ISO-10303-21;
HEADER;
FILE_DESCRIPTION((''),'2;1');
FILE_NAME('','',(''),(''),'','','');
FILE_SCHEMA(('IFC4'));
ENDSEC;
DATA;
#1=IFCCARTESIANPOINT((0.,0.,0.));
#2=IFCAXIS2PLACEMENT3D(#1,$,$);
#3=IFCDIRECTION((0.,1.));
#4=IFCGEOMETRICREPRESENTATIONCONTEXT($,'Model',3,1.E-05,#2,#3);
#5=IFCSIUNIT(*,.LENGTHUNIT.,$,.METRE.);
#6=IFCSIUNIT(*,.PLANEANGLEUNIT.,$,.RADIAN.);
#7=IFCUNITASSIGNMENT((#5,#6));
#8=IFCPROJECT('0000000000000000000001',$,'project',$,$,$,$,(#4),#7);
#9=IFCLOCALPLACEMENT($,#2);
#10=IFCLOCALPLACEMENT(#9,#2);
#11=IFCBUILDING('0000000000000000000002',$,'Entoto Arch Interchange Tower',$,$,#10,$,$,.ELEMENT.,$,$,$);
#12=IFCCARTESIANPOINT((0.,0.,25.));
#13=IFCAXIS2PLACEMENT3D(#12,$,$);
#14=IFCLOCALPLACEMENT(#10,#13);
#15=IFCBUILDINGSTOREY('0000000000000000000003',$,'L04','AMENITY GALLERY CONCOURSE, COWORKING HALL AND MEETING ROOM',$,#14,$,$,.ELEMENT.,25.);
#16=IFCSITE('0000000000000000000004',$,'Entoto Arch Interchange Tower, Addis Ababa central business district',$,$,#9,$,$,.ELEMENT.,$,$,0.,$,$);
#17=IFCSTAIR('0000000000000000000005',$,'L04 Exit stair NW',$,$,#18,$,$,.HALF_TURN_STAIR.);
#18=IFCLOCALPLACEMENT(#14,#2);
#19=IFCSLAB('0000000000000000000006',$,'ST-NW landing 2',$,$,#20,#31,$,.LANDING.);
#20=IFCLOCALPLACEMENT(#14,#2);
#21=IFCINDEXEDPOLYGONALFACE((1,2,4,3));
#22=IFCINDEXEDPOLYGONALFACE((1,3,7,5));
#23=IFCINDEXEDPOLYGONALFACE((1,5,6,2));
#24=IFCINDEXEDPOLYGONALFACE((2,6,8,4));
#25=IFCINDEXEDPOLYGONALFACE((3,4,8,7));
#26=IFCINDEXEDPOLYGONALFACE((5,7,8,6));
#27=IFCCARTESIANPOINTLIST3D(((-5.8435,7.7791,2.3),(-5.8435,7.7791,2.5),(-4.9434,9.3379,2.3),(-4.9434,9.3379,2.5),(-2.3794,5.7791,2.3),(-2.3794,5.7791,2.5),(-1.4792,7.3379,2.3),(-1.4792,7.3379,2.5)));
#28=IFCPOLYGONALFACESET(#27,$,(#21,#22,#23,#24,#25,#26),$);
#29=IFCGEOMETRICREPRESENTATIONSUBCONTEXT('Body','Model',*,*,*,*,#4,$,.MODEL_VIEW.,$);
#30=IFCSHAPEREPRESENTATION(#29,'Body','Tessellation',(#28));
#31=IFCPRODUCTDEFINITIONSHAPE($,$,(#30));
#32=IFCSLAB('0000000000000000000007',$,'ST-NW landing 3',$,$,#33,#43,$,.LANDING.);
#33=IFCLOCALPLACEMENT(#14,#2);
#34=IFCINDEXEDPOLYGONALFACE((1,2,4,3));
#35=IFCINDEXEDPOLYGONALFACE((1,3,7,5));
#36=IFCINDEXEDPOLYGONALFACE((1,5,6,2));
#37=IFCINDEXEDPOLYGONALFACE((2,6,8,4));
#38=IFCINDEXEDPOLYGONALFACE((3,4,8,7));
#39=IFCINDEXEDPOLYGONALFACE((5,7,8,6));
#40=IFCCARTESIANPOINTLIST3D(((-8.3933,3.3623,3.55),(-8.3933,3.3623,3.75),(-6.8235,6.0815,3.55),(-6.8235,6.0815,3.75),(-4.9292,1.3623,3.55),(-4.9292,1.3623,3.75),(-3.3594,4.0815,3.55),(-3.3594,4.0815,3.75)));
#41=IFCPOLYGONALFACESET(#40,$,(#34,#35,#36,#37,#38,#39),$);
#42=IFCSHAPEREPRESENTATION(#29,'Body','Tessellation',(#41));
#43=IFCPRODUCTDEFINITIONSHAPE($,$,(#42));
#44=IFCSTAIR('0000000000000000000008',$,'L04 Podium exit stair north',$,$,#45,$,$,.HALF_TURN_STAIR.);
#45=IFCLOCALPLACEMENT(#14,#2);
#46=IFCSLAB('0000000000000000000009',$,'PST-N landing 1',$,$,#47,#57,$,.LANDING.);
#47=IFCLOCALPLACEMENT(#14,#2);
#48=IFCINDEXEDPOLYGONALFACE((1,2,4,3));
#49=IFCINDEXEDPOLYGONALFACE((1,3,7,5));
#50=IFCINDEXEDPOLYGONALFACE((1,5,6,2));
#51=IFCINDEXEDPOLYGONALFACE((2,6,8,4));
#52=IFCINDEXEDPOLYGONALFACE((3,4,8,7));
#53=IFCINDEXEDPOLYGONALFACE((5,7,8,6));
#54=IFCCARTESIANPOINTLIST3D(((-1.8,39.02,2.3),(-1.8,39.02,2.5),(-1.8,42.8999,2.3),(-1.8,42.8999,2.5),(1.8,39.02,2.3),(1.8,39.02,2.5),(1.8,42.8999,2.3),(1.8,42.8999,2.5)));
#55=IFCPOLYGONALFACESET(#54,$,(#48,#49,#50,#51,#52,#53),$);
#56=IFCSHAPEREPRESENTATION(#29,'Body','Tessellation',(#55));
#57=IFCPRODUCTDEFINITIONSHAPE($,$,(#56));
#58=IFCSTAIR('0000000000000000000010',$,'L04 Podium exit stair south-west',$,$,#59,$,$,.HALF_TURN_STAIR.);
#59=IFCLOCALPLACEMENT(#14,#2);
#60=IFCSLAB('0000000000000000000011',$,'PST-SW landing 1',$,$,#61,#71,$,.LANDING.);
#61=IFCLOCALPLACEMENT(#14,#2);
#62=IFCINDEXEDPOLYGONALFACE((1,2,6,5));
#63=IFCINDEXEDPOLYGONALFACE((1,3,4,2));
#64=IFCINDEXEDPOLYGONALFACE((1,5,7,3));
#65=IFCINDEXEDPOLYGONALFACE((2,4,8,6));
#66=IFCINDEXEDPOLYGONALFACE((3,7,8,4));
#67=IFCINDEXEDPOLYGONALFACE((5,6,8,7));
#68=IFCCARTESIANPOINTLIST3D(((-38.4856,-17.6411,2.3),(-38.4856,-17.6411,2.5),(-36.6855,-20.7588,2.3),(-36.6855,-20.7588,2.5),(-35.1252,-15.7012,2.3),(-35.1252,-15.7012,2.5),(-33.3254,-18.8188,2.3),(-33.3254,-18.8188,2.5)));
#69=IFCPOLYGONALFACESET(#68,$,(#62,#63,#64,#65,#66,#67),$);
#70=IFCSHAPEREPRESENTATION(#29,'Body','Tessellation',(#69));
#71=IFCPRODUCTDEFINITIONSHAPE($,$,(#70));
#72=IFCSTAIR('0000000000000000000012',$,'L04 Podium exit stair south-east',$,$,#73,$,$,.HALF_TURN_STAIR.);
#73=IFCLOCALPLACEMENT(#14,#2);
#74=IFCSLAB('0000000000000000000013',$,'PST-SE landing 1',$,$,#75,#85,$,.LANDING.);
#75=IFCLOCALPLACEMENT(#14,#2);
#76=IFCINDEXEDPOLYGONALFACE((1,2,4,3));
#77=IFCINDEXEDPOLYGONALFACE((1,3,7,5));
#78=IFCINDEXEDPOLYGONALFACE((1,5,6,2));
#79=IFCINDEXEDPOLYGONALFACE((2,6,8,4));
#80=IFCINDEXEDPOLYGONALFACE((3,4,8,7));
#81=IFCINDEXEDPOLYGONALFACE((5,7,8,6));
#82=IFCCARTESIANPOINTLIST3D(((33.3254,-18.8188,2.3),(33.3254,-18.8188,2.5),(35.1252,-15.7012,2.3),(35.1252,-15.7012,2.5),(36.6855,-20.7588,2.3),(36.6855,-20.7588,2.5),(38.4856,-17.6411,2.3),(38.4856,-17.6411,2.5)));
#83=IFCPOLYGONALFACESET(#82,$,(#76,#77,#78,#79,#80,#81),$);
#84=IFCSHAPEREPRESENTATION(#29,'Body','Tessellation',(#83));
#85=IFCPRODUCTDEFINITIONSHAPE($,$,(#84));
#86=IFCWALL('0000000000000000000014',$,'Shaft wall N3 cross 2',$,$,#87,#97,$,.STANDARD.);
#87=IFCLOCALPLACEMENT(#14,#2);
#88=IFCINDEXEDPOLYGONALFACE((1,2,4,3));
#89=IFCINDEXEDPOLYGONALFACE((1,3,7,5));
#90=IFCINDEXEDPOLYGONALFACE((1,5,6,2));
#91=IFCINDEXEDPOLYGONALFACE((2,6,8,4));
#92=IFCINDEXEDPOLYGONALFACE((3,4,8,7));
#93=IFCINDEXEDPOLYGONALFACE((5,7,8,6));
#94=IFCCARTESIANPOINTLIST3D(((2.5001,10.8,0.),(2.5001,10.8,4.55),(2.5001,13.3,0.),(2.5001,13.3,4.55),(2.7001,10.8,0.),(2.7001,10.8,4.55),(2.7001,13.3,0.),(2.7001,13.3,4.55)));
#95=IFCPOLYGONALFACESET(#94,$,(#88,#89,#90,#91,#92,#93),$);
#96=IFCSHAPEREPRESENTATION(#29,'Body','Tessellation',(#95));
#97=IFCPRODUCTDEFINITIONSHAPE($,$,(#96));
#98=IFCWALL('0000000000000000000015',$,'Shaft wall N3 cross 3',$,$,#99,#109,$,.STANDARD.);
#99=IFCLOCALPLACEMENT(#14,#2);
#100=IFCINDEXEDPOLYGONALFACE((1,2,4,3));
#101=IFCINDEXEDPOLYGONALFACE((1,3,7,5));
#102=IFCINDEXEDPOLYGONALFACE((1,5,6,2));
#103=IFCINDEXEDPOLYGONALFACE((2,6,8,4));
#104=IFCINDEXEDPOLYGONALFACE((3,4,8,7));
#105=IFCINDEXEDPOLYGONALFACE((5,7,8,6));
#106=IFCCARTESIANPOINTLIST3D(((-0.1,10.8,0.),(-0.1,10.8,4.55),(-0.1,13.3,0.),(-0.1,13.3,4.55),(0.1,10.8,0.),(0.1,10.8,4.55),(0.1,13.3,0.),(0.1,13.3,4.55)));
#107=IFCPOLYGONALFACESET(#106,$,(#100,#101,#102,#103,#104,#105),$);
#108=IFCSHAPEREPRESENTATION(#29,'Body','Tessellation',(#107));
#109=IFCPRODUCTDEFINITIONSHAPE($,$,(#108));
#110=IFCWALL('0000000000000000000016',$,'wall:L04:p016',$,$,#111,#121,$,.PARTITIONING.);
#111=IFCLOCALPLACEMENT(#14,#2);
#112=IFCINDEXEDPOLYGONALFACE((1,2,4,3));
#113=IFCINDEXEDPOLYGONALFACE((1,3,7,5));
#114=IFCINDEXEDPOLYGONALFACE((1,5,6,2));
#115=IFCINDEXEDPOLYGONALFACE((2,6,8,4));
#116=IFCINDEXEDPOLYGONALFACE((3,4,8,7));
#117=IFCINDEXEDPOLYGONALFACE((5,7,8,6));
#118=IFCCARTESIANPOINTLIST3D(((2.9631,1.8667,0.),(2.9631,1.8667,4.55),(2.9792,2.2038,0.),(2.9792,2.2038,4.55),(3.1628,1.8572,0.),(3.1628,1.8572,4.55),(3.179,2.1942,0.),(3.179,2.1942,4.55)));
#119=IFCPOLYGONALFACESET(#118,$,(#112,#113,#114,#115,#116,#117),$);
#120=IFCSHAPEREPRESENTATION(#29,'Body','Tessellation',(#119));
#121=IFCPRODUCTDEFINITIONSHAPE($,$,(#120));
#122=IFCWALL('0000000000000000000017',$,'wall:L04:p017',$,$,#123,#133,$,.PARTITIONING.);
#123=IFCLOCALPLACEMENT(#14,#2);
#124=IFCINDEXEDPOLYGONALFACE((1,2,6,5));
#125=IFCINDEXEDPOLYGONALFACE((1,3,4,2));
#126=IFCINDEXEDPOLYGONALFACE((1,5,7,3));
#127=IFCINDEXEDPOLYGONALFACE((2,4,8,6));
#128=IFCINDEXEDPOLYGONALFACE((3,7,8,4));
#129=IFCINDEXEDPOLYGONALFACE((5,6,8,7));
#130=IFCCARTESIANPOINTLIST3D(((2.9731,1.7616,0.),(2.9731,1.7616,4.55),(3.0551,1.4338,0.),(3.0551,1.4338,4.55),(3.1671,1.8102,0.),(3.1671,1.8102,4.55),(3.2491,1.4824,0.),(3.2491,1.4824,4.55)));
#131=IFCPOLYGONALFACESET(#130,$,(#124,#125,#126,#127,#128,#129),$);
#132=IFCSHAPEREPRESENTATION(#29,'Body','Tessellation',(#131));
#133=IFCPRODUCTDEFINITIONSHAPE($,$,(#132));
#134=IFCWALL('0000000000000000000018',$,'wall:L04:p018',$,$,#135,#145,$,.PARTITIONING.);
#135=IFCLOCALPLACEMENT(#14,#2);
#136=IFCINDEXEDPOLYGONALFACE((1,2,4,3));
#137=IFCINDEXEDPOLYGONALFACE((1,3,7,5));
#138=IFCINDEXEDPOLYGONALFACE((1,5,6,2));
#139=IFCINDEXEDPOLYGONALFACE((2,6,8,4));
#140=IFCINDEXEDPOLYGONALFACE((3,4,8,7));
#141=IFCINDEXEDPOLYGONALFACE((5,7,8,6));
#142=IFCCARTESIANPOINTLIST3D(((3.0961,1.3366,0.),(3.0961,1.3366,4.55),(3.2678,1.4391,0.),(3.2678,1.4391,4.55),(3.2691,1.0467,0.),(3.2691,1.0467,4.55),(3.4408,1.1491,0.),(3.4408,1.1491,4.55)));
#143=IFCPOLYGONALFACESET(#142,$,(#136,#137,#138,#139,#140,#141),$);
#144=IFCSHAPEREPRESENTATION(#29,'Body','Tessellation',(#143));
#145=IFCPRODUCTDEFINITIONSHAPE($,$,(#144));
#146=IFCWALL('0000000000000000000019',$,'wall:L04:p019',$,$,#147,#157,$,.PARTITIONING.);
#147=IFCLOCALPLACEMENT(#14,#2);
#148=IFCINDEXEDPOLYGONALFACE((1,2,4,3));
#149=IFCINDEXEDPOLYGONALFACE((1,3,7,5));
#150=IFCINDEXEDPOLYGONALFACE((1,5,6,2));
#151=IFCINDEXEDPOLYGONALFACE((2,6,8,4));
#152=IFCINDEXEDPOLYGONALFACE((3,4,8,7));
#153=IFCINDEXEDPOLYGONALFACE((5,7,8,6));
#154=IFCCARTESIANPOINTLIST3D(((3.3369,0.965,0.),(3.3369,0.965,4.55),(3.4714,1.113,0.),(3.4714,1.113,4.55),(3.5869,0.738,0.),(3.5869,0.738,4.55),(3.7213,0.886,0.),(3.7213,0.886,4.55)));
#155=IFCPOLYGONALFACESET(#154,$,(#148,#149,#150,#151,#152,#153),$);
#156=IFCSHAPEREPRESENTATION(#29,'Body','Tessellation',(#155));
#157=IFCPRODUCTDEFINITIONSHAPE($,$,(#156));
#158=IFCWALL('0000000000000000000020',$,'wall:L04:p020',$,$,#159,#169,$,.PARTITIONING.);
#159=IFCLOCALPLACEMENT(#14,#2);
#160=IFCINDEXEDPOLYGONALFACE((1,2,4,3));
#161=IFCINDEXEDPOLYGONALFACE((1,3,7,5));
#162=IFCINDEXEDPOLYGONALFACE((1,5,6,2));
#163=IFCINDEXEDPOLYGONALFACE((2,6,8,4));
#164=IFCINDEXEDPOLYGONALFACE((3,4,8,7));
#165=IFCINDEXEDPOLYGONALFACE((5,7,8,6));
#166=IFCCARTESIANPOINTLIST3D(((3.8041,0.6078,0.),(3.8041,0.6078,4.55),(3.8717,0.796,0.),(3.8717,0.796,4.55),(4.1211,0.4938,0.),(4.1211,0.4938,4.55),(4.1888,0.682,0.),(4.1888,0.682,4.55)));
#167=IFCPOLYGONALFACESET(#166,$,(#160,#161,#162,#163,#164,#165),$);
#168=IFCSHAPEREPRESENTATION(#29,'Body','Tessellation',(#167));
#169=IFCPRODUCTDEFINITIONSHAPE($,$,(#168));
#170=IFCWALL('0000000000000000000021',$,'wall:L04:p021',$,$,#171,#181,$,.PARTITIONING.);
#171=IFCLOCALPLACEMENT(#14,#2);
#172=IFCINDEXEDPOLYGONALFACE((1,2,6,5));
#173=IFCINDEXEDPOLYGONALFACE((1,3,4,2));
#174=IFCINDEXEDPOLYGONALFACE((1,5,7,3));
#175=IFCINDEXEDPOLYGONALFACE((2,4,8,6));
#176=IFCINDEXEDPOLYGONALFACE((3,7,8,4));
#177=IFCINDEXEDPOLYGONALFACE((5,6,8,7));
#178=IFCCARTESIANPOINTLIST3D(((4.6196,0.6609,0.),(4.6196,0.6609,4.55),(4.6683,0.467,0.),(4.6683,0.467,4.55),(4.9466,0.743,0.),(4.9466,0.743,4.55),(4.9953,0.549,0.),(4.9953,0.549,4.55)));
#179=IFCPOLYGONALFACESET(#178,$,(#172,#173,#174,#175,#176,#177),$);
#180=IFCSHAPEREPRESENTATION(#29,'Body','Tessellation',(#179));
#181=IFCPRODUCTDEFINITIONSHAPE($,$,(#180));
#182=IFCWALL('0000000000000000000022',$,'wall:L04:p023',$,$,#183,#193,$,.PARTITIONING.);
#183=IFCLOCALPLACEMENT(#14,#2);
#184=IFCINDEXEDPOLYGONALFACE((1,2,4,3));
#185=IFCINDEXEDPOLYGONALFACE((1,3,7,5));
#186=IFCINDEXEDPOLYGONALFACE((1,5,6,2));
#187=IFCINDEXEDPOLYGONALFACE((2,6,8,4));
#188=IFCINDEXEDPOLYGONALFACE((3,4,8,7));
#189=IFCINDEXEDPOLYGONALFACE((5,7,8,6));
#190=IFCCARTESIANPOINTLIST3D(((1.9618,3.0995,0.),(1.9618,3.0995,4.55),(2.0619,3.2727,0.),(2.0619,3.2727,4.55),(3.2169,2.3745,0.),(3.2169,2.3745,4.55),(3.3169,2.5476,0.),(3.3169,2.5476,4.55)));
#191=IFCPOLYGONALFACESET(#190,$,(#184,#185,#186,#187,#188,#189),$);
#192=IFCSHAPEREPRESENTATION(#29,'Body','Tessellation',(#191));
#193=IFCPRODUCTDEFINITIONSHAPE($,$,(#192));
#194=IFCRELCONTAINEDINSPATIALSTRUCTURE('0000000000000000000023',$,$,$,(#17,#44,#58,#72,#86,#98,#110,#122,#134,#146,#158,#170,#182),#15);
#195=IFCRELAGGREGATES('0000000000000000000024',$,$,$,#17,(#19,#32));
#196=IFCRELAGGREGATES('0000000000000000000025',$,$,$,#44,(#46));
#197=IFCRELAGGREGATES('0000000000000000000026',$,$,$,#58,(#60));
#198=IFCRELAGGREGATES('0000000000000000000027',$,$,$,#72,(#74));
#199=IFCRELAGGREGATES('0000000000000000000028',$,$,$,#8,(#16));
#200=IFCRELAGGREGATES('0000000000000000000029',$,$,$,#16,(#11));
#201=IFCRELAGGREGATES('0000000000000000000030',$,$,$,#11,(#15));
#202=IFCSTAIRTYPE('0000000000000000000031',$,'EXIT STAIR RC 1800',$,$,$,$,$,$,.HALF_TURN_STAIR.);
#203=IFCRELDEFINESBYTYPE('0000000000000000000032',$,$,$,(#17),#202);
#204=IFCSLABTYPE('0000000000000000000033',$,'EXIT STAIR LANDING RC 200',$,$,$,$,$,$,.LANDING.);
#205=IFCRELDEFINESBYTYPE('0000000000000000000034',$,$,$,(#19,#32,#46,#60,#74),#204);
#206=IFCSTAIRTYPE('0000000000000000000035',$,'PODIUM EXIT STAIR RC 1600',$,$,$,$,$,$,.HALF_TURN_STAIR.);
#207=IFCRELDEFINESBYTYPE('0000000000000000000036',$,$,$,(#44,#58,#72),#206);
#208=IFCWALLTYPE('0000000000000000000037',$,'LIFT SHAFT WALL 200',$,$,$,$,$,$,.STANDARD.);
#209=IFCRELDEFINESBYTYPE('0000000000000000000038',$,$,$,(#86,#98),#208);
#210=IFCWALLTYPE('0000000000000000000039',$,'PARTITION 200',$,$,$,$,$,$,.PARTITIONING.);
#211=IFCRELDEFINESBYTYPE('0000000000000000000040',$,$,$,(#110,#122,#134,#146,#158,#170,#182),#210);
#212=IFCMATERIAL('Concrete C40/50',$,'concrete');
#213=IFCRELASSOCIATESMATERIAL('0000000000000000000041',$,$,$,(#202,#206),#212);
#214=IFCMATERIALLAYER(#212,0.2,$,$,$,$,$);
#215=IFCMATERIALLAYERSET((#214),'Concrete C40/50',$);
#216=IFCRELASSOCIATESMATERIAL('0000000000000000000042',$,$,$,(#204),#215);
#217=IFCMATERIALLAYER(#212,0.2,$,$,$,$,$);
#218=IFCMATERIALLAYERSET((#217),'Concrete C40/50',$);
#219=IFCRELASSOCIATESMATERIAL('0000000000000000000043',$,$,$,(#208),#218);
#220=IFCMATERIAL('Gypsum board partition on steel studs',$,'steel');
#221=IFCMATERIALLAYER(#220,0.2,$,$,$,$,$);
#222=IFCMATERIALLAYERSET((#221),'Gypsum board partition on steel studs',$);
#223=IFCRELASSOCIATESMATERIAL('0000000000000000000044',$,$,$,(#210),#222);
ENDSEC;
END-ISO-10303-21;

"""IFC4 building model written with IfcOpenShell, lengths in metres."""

from ifc_helpers import new_model, si_unit, direction, frame, frame_2d, origin, place, context, subcontext, project, spatial, polyline, rectangle, outline, extrude, material, layer, layer_set, type_object, element, aggregate, save


model = new_model("IFC4")

# Units and contexts
model_context = context("Model", 3, precision=1e-05, world=origin(), true_north=direction((0.0, 1.0)))
body_context = subcontext(model_context, "Body", "Model", "MODEL_VIEW")
ifc_project = project(units=[si_unit("LENGTHUNIT", "METRE"), si_unit("PLANEANGLEUNIT", "RADIAN")], contexts=[model_context])

# Site, building, storey
site_placement = place(None, origin())
site = spatial("IfcSite", under=ifc_project, at=site_placement, Name="Entoto Arch Interchange Tower, Addis Ababa central business district", CompositionType="ELEMENT", RefElevation=0.0)
building_placement = place(site_placement, origin())
building = spatial("IfcBuilding", under=site, at=building_placement, Name="Entoto Arch Interchange Tower", CompositionType="ELEMENT")
storey_placement = place(building_placement, frame((0.0, 0.0, 25.0)))
storey = spatial("IfcBuildingStorey", under=building, at=storey_placement, Name="L04", Description="AMENITY GALLERY CONCOURSE, COWORKING HALL AND MEETING ROOM", CompositionType="ELEMENT", Elevation=25.0)

# Stair, slabs
ifc_material_1 = material(Name="Concrete C40/50", Category="concrete")
stair_type_1 = type_object("IfcStairType", Name="EXIT STAIR RC 1800", PredefinedType="HALF_TURN_STAIR", material=ifc_material_1)
stair_1_placement = place(storey_placement, origin())
stair_1 = element("IfcStair", 1, at=stair_1_placement, inside=storey, type_object=stair_type_1, Name="L04 Exit stair NW", PredefinedType="HALF_TURN_STAIR")
ifc_layer_1 = layer(ifc_material_1, 0.2)
ifc_layer_set_1 = layer_set([ifc_layer_1], Name="Concrete C40/50")
slab_type = type_object("IfcSlabType", Name="EXIT STAIR LANDING RC 200", PredefinedType="LANDING", material=ifc_layer_set_1)
slab_1_placement = place(storey_placement, frame((0.0, 0.0, 2.3)))
slab_1 = element("IfcSlab", 2, at=slab_1_placement, type_object=slab_type, Name="ST-NW landing 2", PredefinedType="LANDING", context=body_context, shape_type="SweptSolid", body=[
    extrude(outline(polyline([(-4.9434, 9.3379), (-5.8435, 7.7791), (-2.3794, 5.7791), (-1.4792, 7.3379), (-4.9434, 9.3379)])), origin(), (0.0, 0.0, 1.0), 0.2),
])
slab_2_placement = place(storey_placement, frame((0.0, 0.0, 3.55)))
slab_2 = element("IfcSlab", 3, at=slab_2_placement, type_object=slab_type, Name="ST-NW landing 3", PredefinedType="LANDING", context=body_context, shape_type="SweptSolid", body=[
    extrude(outline(polyline([(-6.8235, 6.0815), (-8.3933, 3.3623), (-4.9292, 1.3623), (-3.3594, 4.0815), (-6.8235, 6.0815)])), origin(), (0.0, 0.0, 1.0), 0.2),
])
aggregate(stair_1, [slab_1, slab_2])

# Stairs, slabs
stair_type_2 = type_object("IfcStairType", Name="PODIUM EXIT STAIR RC 1600", PredefinedType="HALF_TURN_STAIR", material=ifc_material_1)
stair_2_placement = place(storey_placement, origin())
stair_2 = element("IfcStair", 4, at=stair_2_placement, inside=storey, type_object=stair_type_2, Name="L04 Podium exit stair north", PredefinedType="HALF_TURN_STAIR")
slab_3_placement = place(storey_placement, frame((0.0, 0.0, 2.3)))
slab_3 = element("IfcSlab", 5, at=slab_3_placement, type_object=slab_type, Name="PST-N landing 1", PredefinedType="LANDING", context=body_context, shape_type="SweptSolid", body=[
    extrude(outline(polyline([(1.8, 39.02), (1.8, 42.8999), (-1.8, 42.8999), (-1.8, 39.02), (1.8, 39.02)])), origin(), (0.0, 0.0, 1.0), 0.2),
])
aggregate(stair_2, [slab_3])
stair_3_placement = place(storey_placement, origin())
stair_3 = element("IfcStair", 6, at=stair_3_placement, inside=storey, type_object=stair_type_2, Name="L04 Podium exit stair south-west", PredefinedType="HALF_TURN_STAIR")
slab_4_placement = place(storey_placement, frame((0.0, 0.0, 2.3)))
slab_4 = element("IfcSlab", 7, at=slab_4_placement, type_object=slab_type, Name="PST-SW landing 1", PredefinedType="LANDING", context=body_context, shape_type="SweptSolid", body=[
    extrude(outline(polyline([(-35.1252, -15.7012), (-38.4856, -17.6411), (-36.6855, -20.7588), (-33.3254, -18.8188), (-35.1252, -15.7012)])), origin(), (0.0, 0.0, 1.0), 0.2),
])
aggregate(stair_3, [slab_4])
stair_4_placement = place(storey_placement, origin())
stair_4 = element("IfcStair", 8, at=stair_4_placement, inside=storey, type_object=stair_type_2, Name="L04 Podium exit stair south-east", PredefinedType="HALF_TURN_STAIR")
slab_5_placement = place(storey_placement, frame((0.0, 0.0, 2.3)))
slab_5 = element("IfcSlab", 9, at=slab_5_placement, type_object=slab_type, Name="PST-SE landing 1", PredefinedType="LANDING", context=body_context, shape_type="SweptSolid", body=[
    extrude(outline(polyline([(33.3254, -18.8188), (36.6855, -20.7588), (38.4856, -17.6411), (35.1252, -15.7012), (33.3254, -18.8188)])), origin(), (0.0, 0.0, 1.0), 0.2),
])
aggregate(stair_4, [slab_5])

# Walls
ifc_layer_2 = layer(ifc_material_1, 0.2)
ifc_layer_set_2 = layer_set([ifc_layer_2], Name="Concrete C40/50")
wall_type_1 = type_object("IfcWallType", Name="LIFT SHAFT WALL 200", PredefinedType="STANDARD", material=ifc_layer_set_2)
for number, where, z_axis, x_axis, name in (
    (10, (2.6001, 10.8, 0.0), (0.0, 0.0, 1.0), (0.0, 1.0, 0.0), "Shaft wall N3 cross 2"),
    (11, (0.0, 10.8, 0.0), (0.0, 0.0, 1.0), (0.0, 1.0, 0.0), "Shaft wall N3 cross 3"),
):
    element("IfcWall", number, at=place(storey_placement, frame(where, z_axis=z_axis, x_axis=x_axis)), inside=storey, type_object=wall_type_1, Name=name, PredefinedType="STANDARD", context=body_context, shape_type="SweptSolid", body=[
        extrude(rectangle(XDim=2.5, YDim=0.2, at=frame_2d((1.25, 0.0))), origin(), (0.0, 0.0, 1.0), 4.55),
    ])
ifc_material_2 = material(Name="Gypsum board partition on steel studs", Category="steel")
ifc_layer_3 = layer(ifc_material_2, 0.2)
ifc_layer_set_3 = layer_set([ifc_layer_3], Name="Gypsum board partition on steel studs")
wall_type_2 = type_object("IfcWallType", Name="PARTITION 200", PredefinedType="PARTITIONING", material=ifc_layer_set_3)
wall_1_placement = place(storey_placement, frame((3.0791, 2.199, 0.0), z_axis=(0.0, 0.0, 1.0), x_axis=(-0.047771, -0.998858, 0.0)))
element("IfcWall", 12, at=wall_1_placement, inside=storey, type_object=wall_type_2, Name="wall:L04:p016", PredefinedType="PARTITIONING", context=body_context, shape_type="SweptSolid", body=[
    extrude(rectangle(XDim=0.3374, YDim=0.2, at=frame_2d((0.1687, 0.0))), origin(), (0.0, 0.0, 1.0), 4.55),
])
wall_2_placement = place(storey_placement, frame((3.0701, 1.7859, 0.0), z_axis=(0.0, 0.0, 1.0), x_axis=(0.242706, -0.9701, 0.0)))
element("IfcWall", 13, at=wall_2_placement, inside=storey, type_object=wall_type_2, Name="wall:L04:p017", PredefinedType="PARTITIONING", context=body_context, shape_type="SweptSolid", body=[
    extrude(rectangle(XDim=0.3379, YDim=0.2, at=frame_2d((0.1689, 0.0))), origin(), (0.0, 0.0, 1.0), 4.55),
])
for number, where, z_axis, x_axis, name in (
    (14, (3.1819, 1.3879, 0.0), (0.0, 0.0, 1.0), (0.512475, -0.858702, 0.0), "wall:L04:p018"),
    (15, (3.4041, 1.0391, 0.0), (0.0, 0.0, 1.0), (0.740267, -0.672313, 0.0), "wall:L04:p019"),
):
    element("IfcWall", number, at=place(storey_placement, frame(where, z_axis=z_axis, x_axis=x_axis)), inside=storey, type_object=wall_type_2, Name=name, PredefinedType="PARTITIONING", context=body_context, shape_type="SweptSolid", body=[
        extrude(rectangle(XDim=0.3376, YDim=0.2, at=frame_2d((0.1689, 0.0))), origin(), (0.0, 0.0, 1.0), 4.55),
    ])
wall_3_placement = place(storey_placement, frame((3.8379, 0.7019, 0.0), z_axis=(0.0, 0.0, 1.0), x_axis=(0.941035, -0.338309, 0.0)))
element("IfcWall", 16, at=wall_3_placement, inside=storey, type_object=wall_type_2, Name="wall:L04:p020", PredefinedType="PARTITIONING", context=body_context, shape_type="SweptSolid", body=[
    extrude(rectangle(XDim=0.3369, YDim=0.2, at=frame_2d((0.1685, 0.0))), origin(), (0.0, 0.0, 1.0), 4.55),
])
wall_4_placement = place(storey_placement, frame((4.644, 0.564, 0.0), z_axis=(0.0, 0.0, 1.0), x_axis=(0.969929, 0.243388, 0.0)))
element("IfcWall", 17, at=wall_4_placement, inside=storey, type_object=wall_type_2, Name="wall:L04:p021", PredefinedType="PARTITIONING", context=body_context, shape_type="SweptSolid", body=[
    extrude(rectangle(XDim=0.3372, YDim=0.2, at=frame_2d((0.1685, 0.0))), origin(), (0.0, 0.0, 1.0), 4.55),
])
wall_5_placement = place(storey_placement, frame((2.012, 3.186, 0.0), z_axis=(0.0, 0.0, 1.0), x_axis=(0.865891, -0.500233, 0.0)))
element("IfcWall", 18, at=wall_5_placement, inside=storey, type_object=wall_type_2, Name="wall:L04:p023", PredefinedType="PARTITIONING", context=body_context, shape_type="SweptSolid", body=[
    extrude(rectangle(XDim=1.4495, YDim=0.2, at=frame_2d((0.7246, 0.0))), origin(), (0.0, 0.0, 1.0), 4.55),
])

save(model, "model.ifc")
